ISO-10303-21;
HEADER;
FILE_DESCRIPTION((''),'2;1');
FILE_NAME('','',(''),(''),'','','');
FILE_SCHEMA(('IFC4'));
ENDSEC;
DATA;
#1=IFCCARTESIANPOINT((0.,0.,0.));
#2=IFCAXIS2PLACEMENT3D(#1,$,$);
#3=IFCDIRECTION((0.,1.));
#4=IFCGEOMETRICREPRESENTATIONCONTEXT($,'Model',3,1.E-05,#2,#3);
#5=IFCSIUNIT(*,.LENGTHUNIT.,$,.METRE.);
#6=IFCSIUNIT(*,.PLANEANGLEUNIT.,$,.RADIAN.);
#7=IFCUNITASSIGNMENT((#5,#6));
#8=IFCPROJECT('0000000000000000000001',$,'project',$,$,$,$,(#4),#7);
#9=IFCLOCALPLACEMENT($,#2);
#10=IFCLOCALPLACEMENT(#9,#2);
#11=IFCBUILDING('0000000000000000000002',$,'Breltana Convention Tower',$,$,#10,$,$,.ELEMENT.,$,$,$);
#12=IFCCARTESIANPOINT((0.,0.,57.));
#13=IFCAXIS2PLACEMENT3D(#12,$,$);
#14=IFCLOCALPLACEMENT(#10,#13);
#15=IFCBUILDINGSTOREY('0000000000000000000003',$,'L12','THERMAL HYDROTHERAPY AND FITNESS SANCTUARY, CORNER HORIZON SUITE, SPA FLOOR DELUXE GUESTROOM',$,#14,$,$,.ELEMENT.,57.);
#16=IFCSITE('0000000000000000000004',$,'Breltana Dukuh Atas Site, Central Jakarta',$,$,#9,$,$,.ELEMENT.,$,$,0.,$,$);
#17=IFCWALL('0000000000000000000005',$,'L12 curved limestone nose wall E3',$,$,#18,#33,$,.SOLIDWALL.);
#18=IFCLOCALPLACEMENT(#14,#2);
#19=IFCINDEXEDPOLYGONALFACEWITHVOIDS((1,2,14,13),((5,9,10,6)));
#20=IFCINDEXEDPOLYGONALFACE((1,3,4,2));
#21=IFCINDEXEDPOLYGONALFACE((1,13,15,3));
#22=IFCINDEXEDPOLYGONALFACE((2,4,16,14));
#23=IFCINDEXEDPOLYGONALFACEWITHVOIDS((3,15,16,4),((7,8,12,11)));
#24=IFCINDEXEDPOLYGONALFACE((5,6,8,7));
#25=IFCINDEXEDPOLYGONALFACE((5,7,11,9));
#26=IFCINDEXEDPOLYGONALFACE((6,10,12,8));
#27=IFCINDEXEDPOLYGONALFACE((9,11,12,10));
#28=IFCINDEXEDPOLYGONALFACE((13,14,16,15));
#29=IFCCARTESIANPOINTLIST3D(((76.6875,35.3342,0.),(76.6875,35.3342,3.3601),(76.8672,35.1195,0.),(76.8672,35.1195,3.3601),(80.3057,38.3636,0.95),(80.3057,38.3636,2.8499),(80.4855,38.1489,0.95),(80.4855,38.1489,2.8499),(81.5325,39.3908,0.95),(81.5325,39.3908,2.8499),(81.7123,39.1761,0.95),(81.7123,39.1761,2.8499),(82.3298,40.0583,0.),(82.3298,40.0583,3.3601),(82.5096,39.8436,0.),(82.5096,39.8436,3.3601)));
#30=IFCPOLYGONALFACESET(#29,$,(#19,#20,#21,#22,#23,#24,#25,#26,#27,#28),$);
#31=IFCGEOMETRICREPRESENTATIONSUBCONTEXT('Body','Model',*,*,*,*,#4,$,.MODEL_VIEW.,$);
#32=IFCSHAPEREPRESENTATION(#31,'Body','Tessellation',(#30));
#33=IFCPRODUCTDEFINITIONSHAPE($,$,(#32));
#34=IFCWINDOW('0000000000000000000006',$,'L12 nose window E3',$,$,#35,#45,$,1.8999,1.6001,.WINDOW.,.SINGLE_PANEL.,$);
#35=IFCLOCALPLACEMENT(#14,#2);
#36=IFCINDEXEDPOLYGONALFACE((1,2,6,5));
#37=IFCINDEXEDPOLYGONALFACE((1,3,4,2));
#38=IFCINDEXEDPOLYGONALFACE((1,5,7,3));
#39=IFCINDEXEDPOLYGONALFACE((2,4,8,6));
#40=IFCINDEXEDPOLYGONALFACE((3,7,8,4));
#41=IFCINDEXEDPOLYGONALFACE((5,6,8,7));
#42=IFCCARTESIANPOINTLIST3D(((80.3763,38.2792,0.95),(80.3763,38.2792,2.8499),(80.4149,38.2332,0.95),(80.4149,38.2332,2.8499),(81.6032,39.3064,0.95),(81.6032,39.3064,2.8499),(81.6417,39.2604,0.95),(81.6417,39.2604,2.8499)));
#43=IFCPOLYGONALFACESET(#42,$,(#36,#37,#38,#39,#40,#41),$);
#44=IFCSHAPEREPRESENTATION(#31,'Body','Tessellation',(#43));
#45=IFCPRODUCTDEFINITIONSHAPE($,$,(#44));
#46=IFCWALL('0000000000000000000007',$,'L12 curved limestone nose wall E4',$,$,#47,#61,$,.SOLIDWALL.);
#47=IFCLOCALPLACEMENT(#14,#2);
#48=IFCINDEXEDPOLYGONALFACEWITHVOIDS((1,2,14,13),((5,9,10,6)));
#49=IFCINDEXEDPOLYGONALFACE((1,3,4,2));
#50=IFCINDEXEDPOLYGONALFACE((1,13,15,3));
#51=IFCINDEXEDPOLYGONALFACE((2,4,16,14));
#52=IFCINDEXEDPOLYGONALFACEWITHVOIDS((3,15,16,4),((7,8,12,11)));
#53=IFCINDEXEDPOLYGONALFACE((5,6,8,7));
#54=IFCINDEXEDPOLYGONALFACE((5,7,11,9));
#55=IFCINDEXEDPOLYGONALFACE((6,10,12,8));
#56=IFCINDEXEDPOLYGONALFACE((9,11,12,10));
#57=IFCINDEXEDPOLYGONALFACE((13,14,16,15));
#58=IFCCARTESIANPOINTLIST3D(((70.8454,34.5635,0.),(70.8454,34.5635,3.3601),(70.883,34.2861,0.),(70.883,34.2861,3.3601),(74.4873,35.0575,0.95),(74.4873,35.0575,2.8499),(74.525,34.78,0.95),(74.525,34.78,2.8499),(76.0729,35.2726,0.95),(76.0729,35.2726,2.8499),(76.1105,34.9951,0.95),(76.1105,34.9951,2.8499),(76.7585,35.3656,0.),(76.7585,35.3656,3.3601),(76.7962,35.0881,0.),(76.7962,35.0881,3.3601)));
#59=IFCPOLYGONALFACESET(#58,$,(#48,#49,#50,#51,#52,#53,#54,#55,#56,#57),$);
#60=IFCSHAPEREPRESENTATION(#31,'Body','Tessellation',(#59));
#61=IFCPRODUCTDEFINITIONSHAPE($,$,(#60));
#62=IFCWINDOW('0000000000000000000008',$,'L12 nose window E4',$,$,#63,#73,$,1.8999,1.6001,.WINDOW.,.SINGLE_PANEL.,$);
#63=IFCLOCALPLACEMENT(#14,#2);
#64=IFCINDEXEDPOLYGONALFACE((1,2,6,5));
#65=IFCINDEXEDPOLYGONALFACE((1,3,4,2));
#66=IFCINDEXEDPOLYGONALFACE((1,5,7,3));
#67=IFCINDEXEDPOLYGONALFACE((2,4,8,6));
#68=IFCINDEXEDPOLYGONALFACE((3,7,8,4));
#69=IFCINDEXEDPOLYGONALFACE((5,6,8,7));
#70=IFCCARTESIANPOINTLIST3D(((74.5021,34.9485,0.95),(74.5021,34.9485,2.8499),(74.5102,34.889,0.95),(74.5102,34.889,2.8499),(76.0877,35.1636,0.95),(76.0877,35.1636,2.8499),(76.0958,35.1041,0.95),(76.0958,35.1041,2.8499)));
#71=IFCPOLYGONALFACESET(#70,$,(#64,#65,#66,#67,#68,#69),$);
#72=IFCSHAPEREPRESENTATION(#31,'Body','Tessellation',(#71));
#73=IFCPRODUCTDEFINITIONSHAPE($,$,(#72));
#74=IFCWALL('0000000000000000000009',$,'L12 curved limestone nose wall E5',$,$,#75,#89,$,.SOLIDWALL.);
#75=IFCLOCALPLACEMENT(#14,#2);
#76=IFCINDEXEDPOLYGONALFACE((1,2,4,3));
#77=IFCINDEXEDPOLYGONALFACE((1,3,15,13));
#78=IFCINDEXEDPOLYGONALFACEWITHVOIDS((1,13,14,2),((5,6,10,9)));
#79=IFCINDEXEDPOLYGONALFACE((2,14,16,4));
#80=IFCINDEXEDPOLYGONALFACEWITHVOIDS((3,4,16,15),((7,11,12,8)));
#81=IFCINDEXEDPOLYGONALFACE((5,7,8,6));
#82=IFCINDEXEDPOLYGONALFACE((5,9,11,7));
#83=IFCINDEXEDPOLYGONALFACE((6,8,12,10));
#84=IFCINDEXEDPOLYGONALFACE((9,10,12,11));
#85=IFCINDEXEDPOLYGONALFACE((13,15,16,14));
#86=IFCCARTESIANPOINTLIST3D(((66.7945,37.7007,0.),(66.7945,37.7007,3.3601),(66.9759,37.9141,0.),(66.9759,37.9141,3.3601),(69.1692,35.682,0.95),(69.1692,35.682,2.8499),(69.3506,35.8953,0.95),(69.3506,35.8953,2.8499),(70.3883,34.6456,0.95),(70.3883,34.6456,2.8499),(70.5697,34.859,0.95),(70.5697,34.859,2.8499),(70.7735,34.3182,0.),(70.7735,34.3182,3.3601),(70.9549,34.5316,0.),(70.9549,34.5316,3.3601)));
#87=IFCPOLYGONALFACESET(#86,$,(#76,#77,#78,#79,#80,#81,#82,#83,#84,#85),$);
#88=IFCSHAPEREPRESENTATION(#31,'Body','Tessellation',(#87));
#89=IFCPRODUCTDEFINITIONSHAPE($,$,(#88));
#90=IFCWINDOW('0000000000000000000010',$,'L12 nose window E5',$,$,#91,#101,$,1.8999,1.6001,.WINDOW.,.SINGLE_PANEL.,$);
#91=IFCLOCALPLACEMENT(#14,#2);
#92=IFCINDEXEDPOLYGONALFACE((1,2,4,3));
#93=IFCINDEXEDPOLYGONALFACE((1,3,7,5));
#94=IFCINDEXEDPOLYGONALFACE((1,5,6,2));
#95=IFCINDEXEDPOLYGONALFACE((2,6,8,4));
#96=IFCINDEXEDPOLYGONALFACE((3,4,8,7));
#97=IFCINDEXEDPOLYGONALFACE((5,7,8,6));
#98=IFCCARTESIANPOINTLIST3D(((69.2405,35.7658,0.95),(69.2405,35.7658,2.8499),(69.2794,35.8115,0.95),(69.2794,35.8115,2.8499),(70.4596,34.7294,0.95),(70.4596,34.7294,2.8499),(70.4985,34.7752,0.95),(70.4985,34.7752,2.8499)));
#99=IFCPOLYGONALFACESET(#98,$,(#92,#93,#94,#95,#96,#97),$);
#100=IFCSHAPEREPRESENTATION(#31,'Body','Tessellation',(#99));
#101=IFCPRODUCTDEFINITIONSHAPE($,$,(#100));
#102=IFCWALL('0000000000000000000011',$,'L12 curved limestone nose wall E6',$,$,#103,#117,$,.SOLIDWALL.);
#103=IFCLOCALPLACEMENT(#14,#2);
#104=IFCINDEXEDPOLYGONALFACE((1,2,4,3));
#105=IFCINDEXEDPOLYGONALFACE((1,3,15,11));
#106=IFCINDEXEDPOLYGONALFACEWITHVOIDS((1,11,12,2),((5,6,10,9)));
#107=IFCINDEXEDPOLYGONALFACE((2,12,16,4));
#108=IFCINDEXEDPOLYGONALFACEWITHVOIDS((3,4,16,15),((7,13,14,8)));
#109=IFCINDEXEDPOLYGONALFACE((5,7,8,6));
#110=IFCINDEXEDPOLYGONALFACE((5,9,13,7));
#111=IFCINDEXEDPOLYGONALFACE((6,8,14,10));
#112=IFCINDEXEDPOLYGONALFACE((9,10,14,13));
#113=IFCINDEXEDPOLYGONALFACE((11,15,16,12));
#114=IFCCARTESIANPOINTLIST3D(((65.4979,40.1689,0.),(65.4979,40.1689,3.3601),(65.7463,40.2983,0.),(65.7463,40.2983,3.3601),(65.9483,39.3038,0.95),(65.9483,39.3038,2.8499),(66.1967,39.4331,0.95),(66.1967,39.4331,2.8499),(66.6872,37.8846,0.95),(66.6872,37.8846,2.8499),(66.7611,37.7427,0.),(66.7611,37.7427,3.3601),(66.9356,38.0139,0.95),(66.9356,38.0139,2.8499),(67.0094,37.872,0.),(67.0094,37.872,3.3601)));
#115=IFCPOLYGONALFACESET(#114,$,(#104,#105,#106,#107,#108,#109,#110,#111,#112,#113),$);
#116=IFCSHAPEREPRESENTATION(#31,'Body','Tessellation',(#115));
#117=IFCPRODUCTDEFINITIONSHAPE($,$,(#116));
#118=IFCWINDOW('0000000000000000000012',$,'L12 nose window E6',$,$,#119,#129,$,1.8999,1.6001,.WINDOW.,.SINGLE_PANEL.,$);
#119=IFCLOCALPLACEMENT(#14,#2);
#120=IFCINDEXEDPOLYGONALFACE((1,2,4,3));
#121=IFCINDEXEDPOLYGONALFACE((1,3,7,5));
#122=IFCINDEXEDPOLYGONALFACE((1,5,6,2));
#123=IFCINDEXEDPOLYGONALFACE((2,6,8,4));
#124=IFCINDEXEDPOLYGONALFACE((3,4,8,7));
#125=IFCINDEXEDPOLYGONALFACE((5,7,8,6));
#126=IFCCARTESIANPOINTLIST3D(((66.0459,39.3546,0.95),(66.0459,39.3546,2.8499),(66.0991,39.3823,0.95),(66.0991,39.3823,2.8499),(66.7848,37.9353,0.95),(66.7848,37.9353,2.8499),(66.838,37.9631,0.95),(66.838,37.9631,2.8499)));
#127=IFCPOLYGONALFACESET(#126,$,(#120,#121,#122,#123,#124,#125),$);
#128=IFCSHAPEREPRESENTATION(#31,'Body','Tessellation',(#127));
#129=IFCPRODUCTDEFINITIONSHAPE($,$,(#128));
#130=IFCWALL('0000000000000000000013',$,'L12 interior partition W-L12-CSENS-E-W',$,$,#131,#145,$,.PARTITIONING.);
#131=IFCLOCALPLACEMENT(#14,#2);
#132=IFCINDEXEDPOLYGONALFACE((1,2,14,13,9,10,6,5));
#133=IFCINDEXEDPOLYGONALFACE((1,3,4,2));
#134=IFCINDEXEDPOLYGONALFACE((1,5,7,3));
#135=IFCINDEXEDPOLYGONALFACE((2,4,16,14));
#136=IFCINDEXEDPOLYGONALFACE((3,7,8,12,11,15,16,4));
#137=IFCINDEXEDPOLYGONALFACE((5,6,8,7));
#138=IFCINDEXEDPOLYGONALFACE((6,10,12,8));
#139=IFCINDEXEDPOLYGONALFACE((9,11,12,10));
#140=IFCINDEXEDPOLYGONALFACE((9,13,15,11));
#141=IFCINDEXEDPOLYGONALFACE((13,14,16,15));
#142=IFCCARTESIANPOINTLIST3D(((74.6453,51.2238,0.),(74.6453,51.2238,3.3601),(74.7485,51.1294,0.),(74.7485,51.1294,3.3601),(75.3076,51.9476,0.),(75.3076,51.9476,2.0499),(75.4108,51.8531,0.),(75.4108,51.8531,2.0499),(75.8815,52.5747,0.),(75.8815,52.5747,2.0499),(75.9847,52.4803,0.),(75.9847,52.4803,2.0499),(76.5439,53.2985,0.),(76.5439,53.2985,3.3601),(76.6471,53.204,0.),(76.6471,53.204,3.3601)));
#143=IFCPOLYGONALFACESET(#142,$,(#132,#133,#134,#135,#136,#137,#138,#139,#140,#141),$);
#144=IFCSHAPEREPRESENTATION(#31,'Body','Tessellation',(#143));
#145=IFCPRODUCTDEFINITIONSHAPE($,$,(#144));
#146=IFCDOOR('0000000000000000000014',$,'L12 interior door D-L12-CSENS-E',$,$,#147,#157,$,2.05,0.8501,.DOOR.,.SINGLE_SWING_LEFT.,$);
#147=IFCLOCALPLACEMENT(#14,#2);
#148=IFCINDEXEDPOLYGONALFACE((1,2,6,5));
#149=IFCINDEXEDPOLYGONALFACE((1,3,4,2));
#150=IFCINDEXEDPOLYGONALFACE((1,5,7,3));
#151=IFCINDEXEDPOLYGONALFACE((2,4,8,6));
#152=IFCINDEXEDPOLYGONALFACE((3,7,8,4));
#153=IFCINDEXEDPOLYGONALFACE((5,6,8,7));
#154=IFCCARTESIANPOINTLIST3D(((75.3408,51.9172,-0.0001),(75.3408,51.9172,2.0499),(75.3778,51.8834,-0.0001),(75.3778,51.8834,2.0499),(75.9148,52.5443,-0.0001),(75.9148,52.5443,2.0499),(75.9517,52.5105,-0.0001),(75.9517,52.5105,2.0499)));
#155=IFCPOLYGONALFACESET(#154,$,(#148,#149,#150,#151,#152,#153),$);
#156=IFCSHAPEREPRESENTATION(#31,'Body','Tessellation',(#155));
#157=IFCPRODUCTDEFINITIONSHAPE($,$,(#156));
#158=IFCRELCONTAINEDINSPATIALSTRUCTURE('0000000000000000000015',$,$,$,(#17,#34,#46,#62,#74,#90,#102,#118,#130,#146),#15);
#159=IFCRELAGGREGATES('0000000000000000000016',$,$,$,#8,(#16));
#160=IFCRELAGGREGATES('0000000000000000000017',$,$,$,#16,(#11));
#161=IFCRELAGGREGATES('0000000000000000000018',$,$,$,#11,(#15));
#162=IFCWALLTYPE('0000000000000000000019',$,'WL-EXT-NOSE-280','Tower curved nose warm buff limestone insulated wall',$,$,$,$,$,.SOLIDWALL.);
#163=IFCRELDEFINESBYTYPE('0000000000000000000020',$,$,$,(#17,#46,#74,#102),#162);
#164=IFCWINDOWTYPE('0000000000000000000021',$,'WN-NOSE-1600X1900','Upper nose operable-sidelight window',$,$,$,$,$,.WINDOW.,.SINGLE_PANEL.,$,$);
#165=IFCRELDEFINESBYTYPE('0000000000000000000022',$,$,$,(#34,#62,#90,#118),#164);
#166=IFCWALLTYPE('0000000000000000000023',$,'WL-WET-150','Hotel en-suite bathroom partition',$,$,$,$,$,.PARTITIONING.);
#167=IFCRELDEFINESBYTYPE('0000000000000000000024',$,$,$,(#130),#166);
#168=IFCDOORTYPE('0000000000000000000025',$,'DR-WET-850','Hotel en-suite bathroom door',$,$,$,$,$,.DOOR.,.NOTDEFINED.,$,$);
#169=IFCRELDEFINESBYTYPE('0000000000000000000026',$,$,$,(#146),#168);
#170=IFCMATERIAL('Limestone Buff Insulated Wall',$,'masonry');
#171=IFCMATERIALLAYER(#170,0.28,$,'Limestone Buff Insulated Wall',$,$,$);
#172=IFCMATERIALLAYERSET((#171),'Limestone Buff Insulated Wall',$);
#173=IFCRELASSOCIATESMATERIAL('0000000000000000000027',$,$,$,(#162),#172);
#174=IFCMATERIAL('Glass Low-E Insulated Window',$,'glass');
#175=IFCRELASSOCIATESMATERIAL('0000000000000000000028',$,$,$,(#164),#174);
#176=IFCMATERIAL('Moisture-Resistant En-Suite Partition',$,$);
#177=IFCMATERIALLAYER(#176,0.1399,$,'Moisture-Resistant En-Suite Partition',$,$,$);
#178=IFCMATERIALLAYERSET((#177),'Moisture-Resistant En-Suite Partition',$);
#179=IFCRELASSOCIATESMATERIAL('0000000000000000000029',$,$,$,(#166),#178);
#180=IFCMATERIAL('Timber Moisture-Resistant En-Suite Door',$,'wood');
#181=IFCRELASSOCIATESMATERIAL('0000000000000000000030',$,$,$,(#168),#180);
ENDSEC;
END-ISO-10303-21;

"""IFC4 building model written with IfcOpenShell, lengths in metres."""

from ifc_helpers import new_model, si_unit, direction, frame, frame_2d, origin, place, context, subcontext, project, spatial, rectangle, extrude, source, transform, mapped, material, layer, layer_set, type_object, type_shapes, element, fill, save


model = new_model("IFC4")

# Units and contexts
model_context = context("Model", 3, precision=1e-05, world=origin(), true_north=direction((0.0, 1.0)))
body_context = subcontext(model_context, "Body", "Model", "MODEL_VIEW")
ifc_project = project(units=[si_unit("LENGTHUNIT", "METRE"), si_unit("PLANEANGLEUNIT", "RADIAN")], contexts=[model_context])

# Site, building, storey
site_placement = place(None, origin())
site = spatial("IfcSite", under=ifc_project, at=site_placement, Name="Breltana Dukuh Atas Site, Central Jakarta", CompositionType="ELEMENT", RefElevation=0.0)
building_placement = place(site_placement, origin())
building = spatial("IfcBuilding", under=site, at=building_placement, Name="Breltana Convention Tower", CompositionType="ELEMENT")
storey_placement = place(building_placement, frame((0.0, 0.0, 57.0)))
storey = spatial("IfcBuildingStorey", under=building, at=storey_placement, Name="L12", Description="THERMAL HYDROTHERAPY AND FITNESS SANCTUARY, CORNER HORIZON SUITE, SPA FLOOR DELUXE GUESTROOM", CompositionType="ELEMENT", Elevation=57.0)

# Walls, openings, windows
ifc_material_1 = material(Name="Limestone Buff Insulated Wall", Category="masonry")
ifc_layer_1 = layer(ifc_material_1, 0.28, Name="Limestone Buff Insulated Wall")
ifc_layer_set_1 = layer_set([ifc_layer_1], Name="Limestone Buff Insulated Wall")
wall_type_1 = type_object("IfcWallType", Name="WL-EXT-NOSE-280", Description="Tower curved nose warm buff limestone insulated wall", PredefinedType="SOLIDWALL", material=ifc_layer_set_1)
ifc_material_2 = material(Name="Glass Low-E Insulated Window", Category="glass")
window_type = type_object("IfcWindowType", Name="WN-NOSE-1600X1900", Description="Upper nose operable-sidelight window", PartitioningType="SINGLE_PANEL", PredefinedType="WINDOW", material=ifc_material_2)
shared_shape_1 = source(origin(), body_context, "Body", "SweptSolid", [
    extrude(rectangle(XDim=1.6001, YDim=1.8999, at=frame_2d((0.8, 0.95))), frame((0.0, 0.03, 0.0), z_axis=(0.0, -1.0, 0.0), x_axis=(1.0, 0.0, 0.0)), (0.0, 0.0, 1.0), 0.0601),
])
type_shapes(window_type, [shared_shape_1])
shared_shape_2 = source(origin(), body_context, "Body", "SweptSolid", [
    extrude(rectangle(XDim=7.3589, YDim=0.28, at=frame_2d((3.6794, 0.0))), origin(), (0.0, 0.0, 1.0), 3.3601),
])
wall_1_placement = place(storey_placement, frame((82.4197, 39.9509, 0.0), z_axis=(0.0, 0.0, 1.0), x_axis=(-0.766737, -0.641961, 0.0)))
wall_1 = element("IfcWall", 1, at=wall_1_placement, inside=storey, type_object=wall_type_1, Name="L12 curved limestone nose wall E3", PredefinedType="SOLIDWALL", context=body_context, shape_type="MappedRepresentation", body=[
    mapped(shared_shape_2, transform((0.0, 0.0, 0.0), scale=1.0)),
])
opening_1_placement = place(wall_1_placement, frame((1.0398, 0.0, 0.95)))
opening_1 = element("IfcOpeningElement", 2, at=opening_1_placement, cuts=wall_1, PredefinedType="OPENING", context=body_context, shape_type="SweptSolid", body=[
    extrude(rectangle(XDim=1.6001, YDim=1.8999, at=frame_2d((0.8, 0.95))), frame((0.0, 0.1499, 0.0), z_axis=(0.0, -1.0, 0.0), x_axis=(1.0, 0.0, 0.0)), (0.0, 0.0, 1.0), 0.3),
])
window_1_placement = place(opening_1_placement, origin())
window_1 = element("IfcWindow", 3, at=window_1_placement, inside=storey, type_object=window_type, Name="L12 nose window E3", OverallHeight=1.8999, OverallWidth=1.6001, PartitioningType="SINGLE_PANEL", PredefinedType="WINDOW", context=body_context, shape_type="MappedRepresentation", body=[
    mapped(shared_shape_1, transform((0.0, 0.0, 0.0), scale=1.0)),
])
fill(opening_1, window_1)
shared_shape_3 = source(origin(), body_context, "Body", "SweptSolid", [
    extrude(rectangle(XDim=5.9673, YDim=0.28, at=frame_2d((2.9836, 0.0))), origin(), (0.0, 0.0, 1.0), 3.3601),
])
wall_2_placement = place(storey_placement, frame((76.7773, 35.2268, 0.0), z_axis=(0.0, 0.0, 1.0), x_axis=(-0.990927, -0.134401, 0.0)))
wall_2 = element("IfcWall", 4, at=wall_2_placement, inside=storey, type_object=wall_type_1, Name="L12 curved limestone nose wall E4", PredefinedType="SOLIDWALL", context=body_context, shape_type="MappedRepresentation", body=[
    mapped(shared_shape_3, transform((0.0, 0.0, 0.0), scale=1.0)),
])
opening_2_placement = place(wall_2_placement, frame((0.6919, 0.0, 0.95)))
opening_2 = element("IfcOpeningElement", 5, at=opening_2_placement, cuts=wall_2, PredefinedType="OPENING", context=body_context, shape_type="SweptSolid", body=[
    extrude(rectangle(XDim=1.6001, YDim=1.8999, at=frame_2d((0.8, 0.95))), frame((0.0, 0.1499, 0.0), z_axis=(0.0, -1.0, 0.0), x_axis=(1.0, 0.0, 0.0)), (0.0, 0.0, 1.0), 0.3),
])
window_2_placement = place(opening_2_placement, origin())
window_2 = element("IfcWindow", 6, at=window_2_placement, inside=storey, type_object=window_type, Name="L12 nose window E4", OverallHeight=1.8999, OverallWidth=1.6001, PartitioningType="SINGLE_PANEL", PredefinedType="WINDOW", context=body_context, shape_type="MappedRepresentation", body=[
    mapped(shared_shape_1, transform((0.0, 0.0, 0.0), scale=1.0)),
])
fill(opening_2, window_2)
shared_shape_4 = source(origin(), body_context, "Body", "SweptSolid", [
    extrude(rectangle(XDim=5.2224, YDim=0.28, at=frame_2d((2.6113, 0.0))), origin(), (0.0, 0.0, 1.0), 3.3601),
])
wall_3_placement = place(storey_placement, frame((70.8643, 34.4248, 0.0), z_axis=(0.0, 0.0, 1.0), x_axis=(-0.7619, 0.647695, 0.0)))
wall_3 = element("IfcWall", 7, at=wall_3_placement, inside=storey, type_object=wall_type_1, Name="L12 curved limestone nose wall E5", PredefinedType="SOLIDWALL", context=body_context, shape_type="MappedRepresentation", body=[
    mapped(shared_shape_4, transform((0.0, 0.0, 0.0), scale=1.0)),
])
opening_3_placement = place(wall_3_placement, frame((0.5056, 0.0, 0.95)))
opening_3 = element("IfcOpeningElement", 8, at=opening_3_placement, cuts=wall_3, PredefinedType="OPENING", context=body_context, shape_type="SweptSolid", body=[
    extrude(rectangle(XDim=1.6001, YDim=1.8999, at=frame_2d((0.8, 0.95))), frame((0.0, 0.1499, 0.0), z_axis=(0.0, -1.0, 0.0), x_axis=(1.0, 0.0, 0.0)), (0.0, 0.0, 1.0), 0.3),
])
window_3_placement = place(opening_3_placement, origin())
window_3 = element("IfcWindow", 9, at=window_3_placement, inside=storey, type_object=window_type, Name="L12 nose window E5", OverallHeight=1.8999, OverallWidth=1.6001, PartitioningType="SINGLE_PANEL", PredefinedType="WINDOW", context=body_context, shape_type="MappedRepresentation", body=[
    mapped(shared_shape_1, transform((0.0, 0.0, 0.0), scale=1.0)),
])
fill(opening_3, window_3)
shared_shape_5 = source(origin(), body_context, "Body", "SweptSolid", [
    extrude(rectangle(XDim=2.7354, YDim=0.28, at=frame_2d((1.3677, 0.0))), origin(), (0.0, 0.0, 1.0), 3.3601),
])
wall_4_placement = place(storey_placement, frame((66.8853, 37.8074, 0.0), z_axis=(0.0, 0.0, 1.0), x_axis=(-0.461791, 0.886989, 0.0)))
wall_4 = element("IfcWall", 10, at=wall_4_placement, inside=storey, type_object=wall_type_1, Name="L12 curved limestone nose wall E6", PredefinedType="SOLIDWALL", context=body_context, shape_type="MappedRepresentation", body=[
    mapped(shared_shape_5, transform((0.0, 0.0, 0.0), scale=1.0)),
])
opening_4_placement = place(wall_4_placement, frame((0.1599, 0.0, 0.95)))
opening_4 = element("IfcOpeningElement", 11, at=opening_4_placement, cuts=wall_4, PredefinedType="OPENING", context=body_context, shape_type="SweptSolid", body=[
    extrude(rectangle(XDim=1.6001, YDim=1.8999, at=frame_2d((0.8, 0.95))), frame((0.0, 0.1499, 0.0), z_axis=(0.0, -1.0, 0.0), x_axis=(1.0, 0.0, 0.0)), (0.0, 0.0, 1.0), 0.3),
])
window_4_placement = place(opening_4_placement, origin())
window_4 = element("IfcWindow", 12, at=window_4_placement, inside=storey, type_object=window_type, Name="L12 nose window E6", OverallHeight=1.8999, OverallWidth=1.6001, PartitioningType="SINGLE_PANEL", PredefinedType="WINDOW", context=body_context, shape_type="MappedRepresentation", body=[
    mapped(shared_shape_1, transform((0.0, 0.0, 0.0), scale=1.0)),
])
fill(opening_4, window_4)

# Wall, opening, door
ifc_material_3 = material(Name="Moisture-Resistant En-Suite Partition")
ifc_layer_2 = layer(ifc_material_3, 0.1399, Name="Moisture-Resistant En-Suite Partition")
ifc_layer_set_2 = layer_set([ifc_layer_2], Name="Moisture-Resistant En-Suite Partition")
wall_type_2 = type_object("IfcWallType", Name="WL-WET-150", Description="Hotel en-suite bathroom partition", PredefinedType="PARTITIONING", material=ifc_layer_set_2)
shared_shape_6 = source(origin(), body_context, "Body", "SweptSolid", [
    extrude(rectangle(XDim=2.8123, YDim=0.1399, at=frame_2d((1.4062, 0.0))), origin(), (0.0, 0.0, 1.0), 3.3601),
])
wall_5_placement = place(storey_placement, frame((74.6968, 51.1765, 0.0), z_axis=(0.0, 0.0, 1.0), x_axis=(0.675119, 0.737709, 0.0)))
wall_5 = element("IfcWall", 13, at=wall_5_placement, inside=storey, type_object=wall_type_2, Name="L12 interior partition W-L12-CSENS-E-W", PredefinedType="PARTITIONING", context=body_context, shape_type="MappedRepresentation", body=[
    mapped(shared_shape_6, transform((0.0, 0.0, 0.0), scale=1.0)),
])
opening_5_placement = place(wall_5_placement, frame((0.9812, 0.0, 0.0)))
opening_5 = element("IfcOpeningElement", 14, at=opening_5_placement, cuts=wall_5, PredefinedType="OPENING", context=body_context, shape_type="SweptSolid", body=[
    extrude(rectangle(XDim=0.8501, YDim=2.05, at=frame_2d((0.425, 1.0249))), frame((0.0, 0.0801, 0.0), z_axis=(0.0, -1.0, 0.0), x_axis=(1.0, 0.0, 0.0)), (0.0, 0.0, 1.0), 0.1599),
])
ifc_material_4 = material(Name="Timber Moisture-Resistant En-Suite Door", Category="wood")
door_type_1 = type_object("IfcDoorType", Name="DR-WET-850", Description="Hotel en-suite bathroom door", OperationType="NOTDEFINED", PredefinedType="DOOR", material=ifc_material_4)
shared_shape_7 = source(origin(), body_context, "Body", "SweptSolid", [
    extrude(rectangle(XDim=0.8501, YDim=2.05, at=frame_2d((0.425, 1.0249))), frame((0.0, 0.0249, 0.0), z_axis=(0.0, -1.0, 0.0), x_axis=(1.0, 0.0, 0.0)), (0.0, 0.0, 1.0), 0.05),
])
type_shapes(door_type_1, [shared_shape_7])
door_1_placement = place(opening_5_placement, origin())
door_1 = element("IfcDoor", 15, at=door_1_placement, inside=storey, type_object=door_type_1, Name="L12 interior door D-L12-CSENS-E", OperationType="SINGLE_SWING_LEFT", OverallHeight=2.05, OverallWidth=0.8501, PredefinedType="DOOR", context=body_context, shape_type="MappedRepresentation", body=[
    mapped(shared_shape_7, transform((0.0, 0.0, 0.0), scale=1.0)),
])
fill(opening_5, door_1)

save(model, "model.ifc")
